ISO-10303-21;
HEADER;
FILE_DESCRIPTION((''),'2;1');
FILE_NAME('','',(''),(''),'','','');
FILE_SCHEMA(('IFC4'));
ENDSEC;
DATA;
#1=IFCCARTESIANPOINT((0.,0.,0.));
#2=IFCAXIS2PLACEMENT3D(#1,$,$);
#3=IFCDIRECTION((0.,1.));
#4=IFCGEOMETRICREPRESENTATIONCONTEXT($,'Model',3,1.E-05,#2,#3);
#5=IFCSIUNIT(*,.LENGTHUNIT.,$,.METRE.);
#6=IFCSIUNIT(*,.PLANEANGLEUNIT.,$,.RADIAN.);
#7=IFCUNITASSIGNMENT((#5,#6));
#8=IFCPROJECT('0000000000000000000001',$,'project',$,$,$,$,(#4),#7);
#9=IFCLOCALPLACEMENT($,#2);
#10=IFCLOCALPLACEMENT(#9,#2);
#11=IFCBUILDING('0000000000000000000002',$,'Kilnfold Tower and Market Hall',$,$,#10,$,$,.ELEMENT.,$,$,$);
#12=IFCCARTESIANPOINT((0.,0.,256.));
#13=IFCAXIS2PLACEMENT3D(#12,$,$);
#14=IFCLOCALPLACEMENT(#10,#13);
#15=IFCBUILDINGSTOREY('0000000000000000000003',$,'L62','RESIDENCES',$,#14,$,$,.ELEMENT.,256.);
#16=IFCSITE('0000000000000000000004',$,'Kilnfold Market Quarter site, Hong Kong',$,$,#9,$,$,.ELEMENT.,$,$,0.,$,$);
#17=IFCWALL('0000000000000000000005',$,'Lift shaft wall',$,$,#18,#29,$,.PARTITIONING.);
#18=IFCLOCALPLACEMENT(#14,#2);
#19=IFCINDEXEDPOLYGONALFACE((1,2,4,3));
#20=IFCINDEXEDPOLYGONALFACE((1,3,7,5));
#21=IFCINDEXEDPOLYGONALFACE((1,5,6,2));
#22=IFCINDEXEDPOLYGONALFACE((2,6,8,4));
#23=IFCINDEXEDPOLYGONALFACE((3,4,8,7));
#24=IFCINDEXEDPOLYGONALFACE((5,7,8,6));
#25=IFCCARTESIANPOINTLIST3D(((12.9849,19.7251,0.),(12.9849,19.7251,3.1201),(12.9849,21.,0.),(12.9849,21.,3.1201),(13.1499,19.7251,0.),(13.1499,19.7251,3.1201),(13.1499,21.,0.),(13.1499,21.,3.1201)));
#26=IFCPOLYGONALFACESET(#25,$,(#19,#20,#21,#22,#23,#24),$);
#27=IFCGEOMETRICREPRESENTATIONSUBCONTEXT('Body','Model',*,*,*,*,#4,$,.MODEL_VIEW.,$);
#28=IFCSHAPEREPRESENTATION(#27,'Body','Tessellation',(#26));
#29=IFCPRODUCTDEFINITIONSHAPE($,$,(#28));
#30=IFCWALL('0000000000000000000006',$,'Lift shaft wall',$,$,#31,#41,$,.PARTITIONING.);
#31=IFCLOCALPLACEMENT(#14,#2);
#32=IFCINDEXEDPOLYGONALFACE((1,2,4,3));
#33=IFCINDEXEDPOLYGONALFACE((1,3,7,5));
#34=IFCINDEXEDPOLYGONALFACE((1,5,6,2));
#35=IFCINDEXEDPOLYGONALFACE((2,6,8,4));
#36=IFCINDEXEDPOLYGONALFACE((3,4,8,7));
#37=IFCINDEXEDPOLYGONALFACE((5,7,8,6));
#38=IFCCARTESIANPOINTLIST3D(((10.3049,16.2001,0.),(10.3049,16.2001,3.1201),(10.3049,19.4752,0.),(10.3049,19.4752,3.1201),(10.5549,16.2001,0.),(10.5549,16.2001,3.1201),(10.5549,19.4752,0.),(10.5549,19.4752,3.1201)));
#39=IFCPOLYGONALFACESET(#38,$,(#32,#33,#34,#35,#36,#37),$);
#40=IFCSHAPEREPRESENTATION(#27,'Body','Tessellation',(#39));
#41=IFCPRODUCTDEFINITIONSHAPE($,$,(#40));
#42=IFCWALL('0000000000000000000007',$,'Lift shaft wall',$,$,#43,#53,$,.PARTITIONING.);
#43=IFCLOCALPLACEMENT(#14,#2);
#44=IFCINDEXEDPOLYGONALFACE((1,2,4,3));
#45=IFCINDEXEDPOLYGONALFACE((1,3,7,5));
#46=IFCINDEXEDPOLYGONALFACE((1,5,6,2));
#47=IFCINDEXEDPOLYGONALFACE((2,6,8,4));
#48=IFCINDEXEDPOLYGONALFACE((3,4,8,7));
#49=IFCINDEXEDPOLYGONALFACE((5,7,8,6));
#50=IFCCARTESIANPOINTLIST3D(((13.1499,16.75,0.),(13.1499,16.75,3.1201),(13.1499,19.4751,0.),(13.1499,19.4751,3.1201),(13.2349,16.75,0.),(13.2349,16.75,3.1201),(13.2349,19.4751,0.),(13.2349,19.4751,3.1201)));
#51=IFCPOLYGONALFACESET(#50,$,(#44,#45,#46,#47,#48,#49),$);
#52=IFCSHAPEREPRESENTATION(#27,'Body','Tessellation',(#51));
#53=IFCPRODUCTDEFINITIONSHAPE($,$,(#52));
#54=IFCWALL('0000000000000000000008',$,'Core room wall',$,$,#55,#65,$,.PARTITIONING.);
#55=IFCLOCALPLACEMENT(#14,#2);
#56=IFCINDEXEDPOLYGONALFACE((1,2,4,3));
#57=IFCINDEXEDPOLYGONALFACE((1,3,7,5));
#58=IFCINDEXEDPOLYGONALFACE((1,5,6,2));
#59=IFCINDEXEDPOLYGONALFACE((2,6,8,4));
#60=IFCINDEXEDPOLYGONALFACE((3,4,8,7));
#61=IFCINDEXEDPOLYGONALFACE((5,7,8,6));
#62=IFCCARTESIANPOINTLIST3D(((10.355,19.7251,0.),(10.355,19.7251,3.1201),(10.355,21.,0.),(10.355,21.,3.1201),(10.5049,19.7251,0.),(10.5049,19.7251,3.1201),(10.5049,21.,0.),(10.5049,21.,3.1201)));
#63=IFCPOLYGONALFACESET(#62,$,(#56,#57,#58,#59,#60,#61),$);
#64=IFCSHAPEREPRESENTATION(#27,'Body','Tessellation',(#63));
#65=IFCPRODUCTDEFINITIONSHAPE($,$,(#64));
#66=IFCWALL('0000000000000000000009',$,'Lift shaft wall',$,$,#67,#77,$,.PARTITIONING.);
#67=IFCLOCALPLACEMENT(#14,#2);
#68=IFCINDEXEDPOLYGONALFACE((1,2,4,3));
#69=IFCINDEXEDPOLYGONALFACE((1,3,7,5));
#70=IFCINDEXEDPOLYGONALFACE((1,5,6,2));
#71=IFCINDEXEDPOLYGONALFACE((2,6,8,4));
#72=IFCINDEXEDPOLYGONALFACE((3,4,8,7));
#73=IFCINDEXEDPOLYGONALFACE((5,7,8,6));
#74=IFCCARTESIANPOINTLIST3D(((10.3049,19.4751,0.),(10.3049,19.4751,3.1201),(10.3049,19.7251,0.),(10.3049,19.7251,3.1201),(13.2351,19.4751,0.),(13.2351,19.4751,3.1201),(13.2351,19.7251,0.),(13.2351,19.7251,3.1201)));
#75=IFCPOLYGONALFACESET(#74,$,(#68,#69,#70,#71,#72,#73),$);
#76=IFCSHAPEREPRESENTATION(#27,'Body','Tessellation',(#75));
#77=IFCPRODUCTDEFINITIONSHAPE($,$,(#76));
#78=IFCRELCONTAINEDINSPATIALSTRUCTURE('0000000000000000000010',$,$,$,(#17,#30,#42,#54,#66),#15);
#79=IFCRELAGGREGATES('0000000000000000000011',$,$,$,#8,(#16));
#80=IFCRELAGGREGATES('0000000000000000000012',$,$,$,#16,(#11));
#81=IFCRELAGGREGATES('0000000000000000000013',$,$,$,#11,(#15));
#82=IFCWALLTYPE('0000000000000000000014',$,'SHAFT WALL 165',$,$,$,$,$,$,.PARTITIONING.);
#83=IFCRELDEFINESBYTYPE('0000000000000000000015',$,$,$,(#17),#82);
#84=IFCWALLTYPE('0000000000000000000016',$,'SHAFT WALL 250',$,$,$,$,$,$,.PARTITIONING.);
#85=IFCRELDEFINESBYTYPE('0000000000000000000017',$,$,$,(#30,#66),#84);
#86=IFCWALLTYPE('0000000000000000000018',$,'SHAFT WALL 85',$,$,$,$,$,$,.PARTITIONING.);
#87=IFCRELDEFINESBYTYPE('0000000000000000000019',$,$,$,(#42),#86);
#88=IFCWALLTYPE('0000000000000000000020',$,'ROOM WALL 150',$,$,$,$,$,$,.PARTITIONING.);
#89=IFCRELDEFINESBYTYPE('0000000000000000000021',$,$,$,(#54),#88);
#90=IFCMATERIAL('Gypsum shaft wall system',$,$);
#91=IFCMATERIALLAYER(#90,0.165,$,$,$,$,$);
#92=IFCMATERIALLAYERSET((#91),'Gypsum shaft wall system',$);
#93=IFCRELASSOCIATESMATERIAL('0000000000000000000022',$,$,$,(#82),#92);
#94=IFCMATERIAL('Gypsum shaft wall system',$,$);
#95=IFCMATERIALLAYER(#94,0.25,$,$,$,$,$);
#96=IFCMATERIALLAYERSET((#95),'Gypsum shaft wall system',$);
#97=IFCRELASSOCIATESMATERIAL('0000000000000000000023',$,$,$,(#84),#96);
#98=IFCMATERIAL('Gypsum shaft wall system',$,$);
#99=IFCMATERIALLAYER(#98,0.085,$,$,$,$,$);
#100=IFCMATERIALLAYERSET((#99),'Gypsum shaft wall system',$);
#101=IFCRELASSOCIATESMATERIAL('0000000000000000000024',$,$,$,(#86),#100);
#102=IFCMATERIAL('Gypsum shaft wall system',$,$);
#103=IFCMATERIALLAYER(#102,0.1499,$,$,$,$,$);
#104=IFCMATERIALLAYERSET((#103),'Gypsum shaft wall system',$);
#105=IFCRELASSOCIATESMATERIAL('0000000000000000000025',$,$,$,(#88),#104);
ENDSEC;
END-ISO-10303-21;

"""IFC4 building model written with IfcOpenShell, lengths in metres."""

from ifc_helpers import new_model, si_unit, direction, frame, frame_2d, origin, place, context, subcontext, project, spatial, rectangle, extrude, source, transform, mapped, material, layer, layer_set, type_object, element, save


model = new_model("IFC4")

# Units and contexts
model_context = context("Model", 3, precision=1e-05, world=origin(), true_north=direction((0.0, 1.0)))
body_context = subcontext(model_context, "Body", "Model", "MODEL_VIEW")
ifc_project = project(units=[si_unit("LENGTHUNIT", "METRE"), si_unit("PLANEANGLEUNIT", "RADIAN")], contexts=[model_context])

# Site, building, storey
site_placement = place(None, origin())
site = spatial("IfcSite", under=ifc_project, at=site_placement, Name="Kilnfold Market Quarter site, Hong Kong", CompositionType="ELEMENT", RefElevation=0.0)
building_placement = place(site_placement, origin())
building = spatial("IfcBuilding", under=site, at=building_placement, Name="Kilnfold Tower and Market Hall", CompositionType="ELEMENT")
storey_placement = place(building_placement, frame((0.0, 0.0, 256.0)))
storey = spatial("IfcBuildingStorey", under=building, at=storey_placement, Name="L62", Description="RESIDENCES", CompositionType="ELEMENT", Elevation=256.0)

# Walls
ifc_material_1 = material(Name="Gypsum shaft wall system")
ifc_layer_1 = layer(ifc_material_1, 0.165)
ifc_layer_set_1 = layer_set([ifc_layer_1], Name="Gypsum shaft wall system")
wall_type_1 = type_object("IfcWallType", Name="SHAFT WALL 165", PredefinedType="PARTITIONING", material=ifc_layer_set_1)
shared_shape_1 = source(origin(), body_context, "Body", "SweptSolid", [
    extrude(rectangle(XDim=1.2749, YDim=0.165, at=frame_2d((0.6375, 0.0))), origin(), (0.0, 0.0, 1.0), 3.1201),
])
wall_1_placement = place(storey_placement, frame((13.0674, 19.7251, 0.0), z_axis=(0.0, 0.0, 1.0), x_axis=(0.0, 1.0, 0.0)))
element("IfcWall", 1, at=wall_1_placement, inside=storey, type_object=wall_type_1, Name="Lift shaft wall", PredefinedType="PARTITIONING", context=body_context, shape_type="MappedRepresentation", body=[
    mapped(shared_shape_1, transform((0.0, 0.0, 0.0))),
])
ifc_material_2 = material(Name="Gypsum shaft wall system")
ifc_layer_2 = layer(ifc_material_2, 0.25)
ifc_layer_set_2 = layer_set([ifc_layer_2], Name="Gypsum shaft wall system")
wall_type_2 = type_object("IfcWallType", Name="SHAFT WALL 250", PredefinedType="PARTITIONING", material=ifc_layer_set_2)
shared_shape_2 = source(origin(), body_context, "Body", "SweptSolid", [
    extrude(rectangle(XDim=3.2751, YDim=0.25, at=frame_2d((1.6377, 0.0))), origin(), (0.0, 0.0, 1.0), 3.1201),
])
wall_2_placement = place(storey_placement, frame((10.4299, 16.2, 0.0), z_axis=(0.0, 0.0, 1.0), x_axis=(0.0, 1.0, 0.0)))
element("IfcWall", 2, at=wall_2_placement, inside=storey, type_object=wall_type_2, Name="Lift shaft wall", PredefinedType="PARTITIONING", context=body_context, shape_type="MappedRepresentation", body=[
    mapped(shared_shape_2, transform((0.0, 0.0, 0.0))),
])
ifc_material_3 = material(Name="Gypsum shaft wall system")
ifc_layer_3 = layer(ifc_material_3, 0.085)
ifc_layer_set_3 = layer_set([ifc_layer_3], Name="Gypsum shaft wall system")
wall_type_3 = type_object("IfcWallType", Name="SHAFT WALL 85", PredefinedType="PARTITIONING", material=ifc_layer_set_3)
shared_shape_3 = source(origin(), body_context, "Body", "SweptSolid", [
    extrude(rectangle(XDim=2.7251, YDim=0.085, at=frame_2d((1.3625, 0.0))), origin(), (0.0, 0.0, 1.0), 3.1201),
])
wall_3_placement = place(storey_placement, frame((13.1924, 16.75, 0.0), z_axis=(0.0, 0.0, 1.0), x_axis=(0.0, 1.0, 0.0)))
element("IfcWall", 3, at=wall_3_placement, inside=storey, type_object=wall_type_3, Name="Lift shaft wall", PredefinedType="PARTITIONING", context=body_context, shape_type="MappedRepresentation", body=[
    mapped(shared_shape_3, transform((0.0, 0.0, 0.0))),
])
ifc_material_4 = material(Name="Gypsum shaft wall system")
ifc_layer_4 = layer(ifc_material_4, 0.1499)
ifc_layer_set_4 = layer_set([ifc_layer_4], Name="Gypsum shaft wall system")
wall_type_4 = type_object("IfcWallType", Name="ROOM WALL 150", PredefinedType="PARTITIONING", material=ifc_layer_set_4)
shared_shape_4 = source(origin(), body_context, "Body", "SweptSolid", [
    extrude(rectangle(XDim=1.2749, YDim=0.1499, at=frame_2d((0.6375, 0.0))), origin(), (0.0, 0.0, 1.0), 3.1201),
])
wall_4_placement = place(storey_placement, frame((10.4299, 19.7251, 0.0), z_axis=(0.0, 0.0, 1.0), x_axis=(0.0, 1.0, 0.0)))
element("IfcWall", 4, at=wall_4_placement, inside=storey, type_object=wall_type_4, Name="Core room wall", PredefinedType="PARTITIONING", context=body_context, shape_type="MappedRepresentation", body=[
    mapped(shared_shape_4, transform((0.0, 0.0, 0.0))),
])
shared_shape_5 = source(origin(), body_context, "Body", "SweptSolid", [
    extrude(rectangle(XDim=2.9302, YDim=0.25, at=frame_2d((1.4651, 0.0))), origin(), (0.0, 0.0, 1.0), 3.1201),
])
wall_5_placement = place(storey_placement, frame((10.3049, 19.6001, 0.0), z_axis=(0.0, 0.0, 1.0), x_axis=(1.0, 0.0, 0.0)))
element("IfcWall", 5, at=wall_5_placement, inside=storey, type_object=wall_type_2, Name="Lift shaft wall", PredefinedType="PARTITIONING", context=body_context, shape_type="MappedRepresentation", body=[
    mapped(shared_shape_5, transform((0.0, 0.0, 0.0))),
])

save(model, "model.ifc")
